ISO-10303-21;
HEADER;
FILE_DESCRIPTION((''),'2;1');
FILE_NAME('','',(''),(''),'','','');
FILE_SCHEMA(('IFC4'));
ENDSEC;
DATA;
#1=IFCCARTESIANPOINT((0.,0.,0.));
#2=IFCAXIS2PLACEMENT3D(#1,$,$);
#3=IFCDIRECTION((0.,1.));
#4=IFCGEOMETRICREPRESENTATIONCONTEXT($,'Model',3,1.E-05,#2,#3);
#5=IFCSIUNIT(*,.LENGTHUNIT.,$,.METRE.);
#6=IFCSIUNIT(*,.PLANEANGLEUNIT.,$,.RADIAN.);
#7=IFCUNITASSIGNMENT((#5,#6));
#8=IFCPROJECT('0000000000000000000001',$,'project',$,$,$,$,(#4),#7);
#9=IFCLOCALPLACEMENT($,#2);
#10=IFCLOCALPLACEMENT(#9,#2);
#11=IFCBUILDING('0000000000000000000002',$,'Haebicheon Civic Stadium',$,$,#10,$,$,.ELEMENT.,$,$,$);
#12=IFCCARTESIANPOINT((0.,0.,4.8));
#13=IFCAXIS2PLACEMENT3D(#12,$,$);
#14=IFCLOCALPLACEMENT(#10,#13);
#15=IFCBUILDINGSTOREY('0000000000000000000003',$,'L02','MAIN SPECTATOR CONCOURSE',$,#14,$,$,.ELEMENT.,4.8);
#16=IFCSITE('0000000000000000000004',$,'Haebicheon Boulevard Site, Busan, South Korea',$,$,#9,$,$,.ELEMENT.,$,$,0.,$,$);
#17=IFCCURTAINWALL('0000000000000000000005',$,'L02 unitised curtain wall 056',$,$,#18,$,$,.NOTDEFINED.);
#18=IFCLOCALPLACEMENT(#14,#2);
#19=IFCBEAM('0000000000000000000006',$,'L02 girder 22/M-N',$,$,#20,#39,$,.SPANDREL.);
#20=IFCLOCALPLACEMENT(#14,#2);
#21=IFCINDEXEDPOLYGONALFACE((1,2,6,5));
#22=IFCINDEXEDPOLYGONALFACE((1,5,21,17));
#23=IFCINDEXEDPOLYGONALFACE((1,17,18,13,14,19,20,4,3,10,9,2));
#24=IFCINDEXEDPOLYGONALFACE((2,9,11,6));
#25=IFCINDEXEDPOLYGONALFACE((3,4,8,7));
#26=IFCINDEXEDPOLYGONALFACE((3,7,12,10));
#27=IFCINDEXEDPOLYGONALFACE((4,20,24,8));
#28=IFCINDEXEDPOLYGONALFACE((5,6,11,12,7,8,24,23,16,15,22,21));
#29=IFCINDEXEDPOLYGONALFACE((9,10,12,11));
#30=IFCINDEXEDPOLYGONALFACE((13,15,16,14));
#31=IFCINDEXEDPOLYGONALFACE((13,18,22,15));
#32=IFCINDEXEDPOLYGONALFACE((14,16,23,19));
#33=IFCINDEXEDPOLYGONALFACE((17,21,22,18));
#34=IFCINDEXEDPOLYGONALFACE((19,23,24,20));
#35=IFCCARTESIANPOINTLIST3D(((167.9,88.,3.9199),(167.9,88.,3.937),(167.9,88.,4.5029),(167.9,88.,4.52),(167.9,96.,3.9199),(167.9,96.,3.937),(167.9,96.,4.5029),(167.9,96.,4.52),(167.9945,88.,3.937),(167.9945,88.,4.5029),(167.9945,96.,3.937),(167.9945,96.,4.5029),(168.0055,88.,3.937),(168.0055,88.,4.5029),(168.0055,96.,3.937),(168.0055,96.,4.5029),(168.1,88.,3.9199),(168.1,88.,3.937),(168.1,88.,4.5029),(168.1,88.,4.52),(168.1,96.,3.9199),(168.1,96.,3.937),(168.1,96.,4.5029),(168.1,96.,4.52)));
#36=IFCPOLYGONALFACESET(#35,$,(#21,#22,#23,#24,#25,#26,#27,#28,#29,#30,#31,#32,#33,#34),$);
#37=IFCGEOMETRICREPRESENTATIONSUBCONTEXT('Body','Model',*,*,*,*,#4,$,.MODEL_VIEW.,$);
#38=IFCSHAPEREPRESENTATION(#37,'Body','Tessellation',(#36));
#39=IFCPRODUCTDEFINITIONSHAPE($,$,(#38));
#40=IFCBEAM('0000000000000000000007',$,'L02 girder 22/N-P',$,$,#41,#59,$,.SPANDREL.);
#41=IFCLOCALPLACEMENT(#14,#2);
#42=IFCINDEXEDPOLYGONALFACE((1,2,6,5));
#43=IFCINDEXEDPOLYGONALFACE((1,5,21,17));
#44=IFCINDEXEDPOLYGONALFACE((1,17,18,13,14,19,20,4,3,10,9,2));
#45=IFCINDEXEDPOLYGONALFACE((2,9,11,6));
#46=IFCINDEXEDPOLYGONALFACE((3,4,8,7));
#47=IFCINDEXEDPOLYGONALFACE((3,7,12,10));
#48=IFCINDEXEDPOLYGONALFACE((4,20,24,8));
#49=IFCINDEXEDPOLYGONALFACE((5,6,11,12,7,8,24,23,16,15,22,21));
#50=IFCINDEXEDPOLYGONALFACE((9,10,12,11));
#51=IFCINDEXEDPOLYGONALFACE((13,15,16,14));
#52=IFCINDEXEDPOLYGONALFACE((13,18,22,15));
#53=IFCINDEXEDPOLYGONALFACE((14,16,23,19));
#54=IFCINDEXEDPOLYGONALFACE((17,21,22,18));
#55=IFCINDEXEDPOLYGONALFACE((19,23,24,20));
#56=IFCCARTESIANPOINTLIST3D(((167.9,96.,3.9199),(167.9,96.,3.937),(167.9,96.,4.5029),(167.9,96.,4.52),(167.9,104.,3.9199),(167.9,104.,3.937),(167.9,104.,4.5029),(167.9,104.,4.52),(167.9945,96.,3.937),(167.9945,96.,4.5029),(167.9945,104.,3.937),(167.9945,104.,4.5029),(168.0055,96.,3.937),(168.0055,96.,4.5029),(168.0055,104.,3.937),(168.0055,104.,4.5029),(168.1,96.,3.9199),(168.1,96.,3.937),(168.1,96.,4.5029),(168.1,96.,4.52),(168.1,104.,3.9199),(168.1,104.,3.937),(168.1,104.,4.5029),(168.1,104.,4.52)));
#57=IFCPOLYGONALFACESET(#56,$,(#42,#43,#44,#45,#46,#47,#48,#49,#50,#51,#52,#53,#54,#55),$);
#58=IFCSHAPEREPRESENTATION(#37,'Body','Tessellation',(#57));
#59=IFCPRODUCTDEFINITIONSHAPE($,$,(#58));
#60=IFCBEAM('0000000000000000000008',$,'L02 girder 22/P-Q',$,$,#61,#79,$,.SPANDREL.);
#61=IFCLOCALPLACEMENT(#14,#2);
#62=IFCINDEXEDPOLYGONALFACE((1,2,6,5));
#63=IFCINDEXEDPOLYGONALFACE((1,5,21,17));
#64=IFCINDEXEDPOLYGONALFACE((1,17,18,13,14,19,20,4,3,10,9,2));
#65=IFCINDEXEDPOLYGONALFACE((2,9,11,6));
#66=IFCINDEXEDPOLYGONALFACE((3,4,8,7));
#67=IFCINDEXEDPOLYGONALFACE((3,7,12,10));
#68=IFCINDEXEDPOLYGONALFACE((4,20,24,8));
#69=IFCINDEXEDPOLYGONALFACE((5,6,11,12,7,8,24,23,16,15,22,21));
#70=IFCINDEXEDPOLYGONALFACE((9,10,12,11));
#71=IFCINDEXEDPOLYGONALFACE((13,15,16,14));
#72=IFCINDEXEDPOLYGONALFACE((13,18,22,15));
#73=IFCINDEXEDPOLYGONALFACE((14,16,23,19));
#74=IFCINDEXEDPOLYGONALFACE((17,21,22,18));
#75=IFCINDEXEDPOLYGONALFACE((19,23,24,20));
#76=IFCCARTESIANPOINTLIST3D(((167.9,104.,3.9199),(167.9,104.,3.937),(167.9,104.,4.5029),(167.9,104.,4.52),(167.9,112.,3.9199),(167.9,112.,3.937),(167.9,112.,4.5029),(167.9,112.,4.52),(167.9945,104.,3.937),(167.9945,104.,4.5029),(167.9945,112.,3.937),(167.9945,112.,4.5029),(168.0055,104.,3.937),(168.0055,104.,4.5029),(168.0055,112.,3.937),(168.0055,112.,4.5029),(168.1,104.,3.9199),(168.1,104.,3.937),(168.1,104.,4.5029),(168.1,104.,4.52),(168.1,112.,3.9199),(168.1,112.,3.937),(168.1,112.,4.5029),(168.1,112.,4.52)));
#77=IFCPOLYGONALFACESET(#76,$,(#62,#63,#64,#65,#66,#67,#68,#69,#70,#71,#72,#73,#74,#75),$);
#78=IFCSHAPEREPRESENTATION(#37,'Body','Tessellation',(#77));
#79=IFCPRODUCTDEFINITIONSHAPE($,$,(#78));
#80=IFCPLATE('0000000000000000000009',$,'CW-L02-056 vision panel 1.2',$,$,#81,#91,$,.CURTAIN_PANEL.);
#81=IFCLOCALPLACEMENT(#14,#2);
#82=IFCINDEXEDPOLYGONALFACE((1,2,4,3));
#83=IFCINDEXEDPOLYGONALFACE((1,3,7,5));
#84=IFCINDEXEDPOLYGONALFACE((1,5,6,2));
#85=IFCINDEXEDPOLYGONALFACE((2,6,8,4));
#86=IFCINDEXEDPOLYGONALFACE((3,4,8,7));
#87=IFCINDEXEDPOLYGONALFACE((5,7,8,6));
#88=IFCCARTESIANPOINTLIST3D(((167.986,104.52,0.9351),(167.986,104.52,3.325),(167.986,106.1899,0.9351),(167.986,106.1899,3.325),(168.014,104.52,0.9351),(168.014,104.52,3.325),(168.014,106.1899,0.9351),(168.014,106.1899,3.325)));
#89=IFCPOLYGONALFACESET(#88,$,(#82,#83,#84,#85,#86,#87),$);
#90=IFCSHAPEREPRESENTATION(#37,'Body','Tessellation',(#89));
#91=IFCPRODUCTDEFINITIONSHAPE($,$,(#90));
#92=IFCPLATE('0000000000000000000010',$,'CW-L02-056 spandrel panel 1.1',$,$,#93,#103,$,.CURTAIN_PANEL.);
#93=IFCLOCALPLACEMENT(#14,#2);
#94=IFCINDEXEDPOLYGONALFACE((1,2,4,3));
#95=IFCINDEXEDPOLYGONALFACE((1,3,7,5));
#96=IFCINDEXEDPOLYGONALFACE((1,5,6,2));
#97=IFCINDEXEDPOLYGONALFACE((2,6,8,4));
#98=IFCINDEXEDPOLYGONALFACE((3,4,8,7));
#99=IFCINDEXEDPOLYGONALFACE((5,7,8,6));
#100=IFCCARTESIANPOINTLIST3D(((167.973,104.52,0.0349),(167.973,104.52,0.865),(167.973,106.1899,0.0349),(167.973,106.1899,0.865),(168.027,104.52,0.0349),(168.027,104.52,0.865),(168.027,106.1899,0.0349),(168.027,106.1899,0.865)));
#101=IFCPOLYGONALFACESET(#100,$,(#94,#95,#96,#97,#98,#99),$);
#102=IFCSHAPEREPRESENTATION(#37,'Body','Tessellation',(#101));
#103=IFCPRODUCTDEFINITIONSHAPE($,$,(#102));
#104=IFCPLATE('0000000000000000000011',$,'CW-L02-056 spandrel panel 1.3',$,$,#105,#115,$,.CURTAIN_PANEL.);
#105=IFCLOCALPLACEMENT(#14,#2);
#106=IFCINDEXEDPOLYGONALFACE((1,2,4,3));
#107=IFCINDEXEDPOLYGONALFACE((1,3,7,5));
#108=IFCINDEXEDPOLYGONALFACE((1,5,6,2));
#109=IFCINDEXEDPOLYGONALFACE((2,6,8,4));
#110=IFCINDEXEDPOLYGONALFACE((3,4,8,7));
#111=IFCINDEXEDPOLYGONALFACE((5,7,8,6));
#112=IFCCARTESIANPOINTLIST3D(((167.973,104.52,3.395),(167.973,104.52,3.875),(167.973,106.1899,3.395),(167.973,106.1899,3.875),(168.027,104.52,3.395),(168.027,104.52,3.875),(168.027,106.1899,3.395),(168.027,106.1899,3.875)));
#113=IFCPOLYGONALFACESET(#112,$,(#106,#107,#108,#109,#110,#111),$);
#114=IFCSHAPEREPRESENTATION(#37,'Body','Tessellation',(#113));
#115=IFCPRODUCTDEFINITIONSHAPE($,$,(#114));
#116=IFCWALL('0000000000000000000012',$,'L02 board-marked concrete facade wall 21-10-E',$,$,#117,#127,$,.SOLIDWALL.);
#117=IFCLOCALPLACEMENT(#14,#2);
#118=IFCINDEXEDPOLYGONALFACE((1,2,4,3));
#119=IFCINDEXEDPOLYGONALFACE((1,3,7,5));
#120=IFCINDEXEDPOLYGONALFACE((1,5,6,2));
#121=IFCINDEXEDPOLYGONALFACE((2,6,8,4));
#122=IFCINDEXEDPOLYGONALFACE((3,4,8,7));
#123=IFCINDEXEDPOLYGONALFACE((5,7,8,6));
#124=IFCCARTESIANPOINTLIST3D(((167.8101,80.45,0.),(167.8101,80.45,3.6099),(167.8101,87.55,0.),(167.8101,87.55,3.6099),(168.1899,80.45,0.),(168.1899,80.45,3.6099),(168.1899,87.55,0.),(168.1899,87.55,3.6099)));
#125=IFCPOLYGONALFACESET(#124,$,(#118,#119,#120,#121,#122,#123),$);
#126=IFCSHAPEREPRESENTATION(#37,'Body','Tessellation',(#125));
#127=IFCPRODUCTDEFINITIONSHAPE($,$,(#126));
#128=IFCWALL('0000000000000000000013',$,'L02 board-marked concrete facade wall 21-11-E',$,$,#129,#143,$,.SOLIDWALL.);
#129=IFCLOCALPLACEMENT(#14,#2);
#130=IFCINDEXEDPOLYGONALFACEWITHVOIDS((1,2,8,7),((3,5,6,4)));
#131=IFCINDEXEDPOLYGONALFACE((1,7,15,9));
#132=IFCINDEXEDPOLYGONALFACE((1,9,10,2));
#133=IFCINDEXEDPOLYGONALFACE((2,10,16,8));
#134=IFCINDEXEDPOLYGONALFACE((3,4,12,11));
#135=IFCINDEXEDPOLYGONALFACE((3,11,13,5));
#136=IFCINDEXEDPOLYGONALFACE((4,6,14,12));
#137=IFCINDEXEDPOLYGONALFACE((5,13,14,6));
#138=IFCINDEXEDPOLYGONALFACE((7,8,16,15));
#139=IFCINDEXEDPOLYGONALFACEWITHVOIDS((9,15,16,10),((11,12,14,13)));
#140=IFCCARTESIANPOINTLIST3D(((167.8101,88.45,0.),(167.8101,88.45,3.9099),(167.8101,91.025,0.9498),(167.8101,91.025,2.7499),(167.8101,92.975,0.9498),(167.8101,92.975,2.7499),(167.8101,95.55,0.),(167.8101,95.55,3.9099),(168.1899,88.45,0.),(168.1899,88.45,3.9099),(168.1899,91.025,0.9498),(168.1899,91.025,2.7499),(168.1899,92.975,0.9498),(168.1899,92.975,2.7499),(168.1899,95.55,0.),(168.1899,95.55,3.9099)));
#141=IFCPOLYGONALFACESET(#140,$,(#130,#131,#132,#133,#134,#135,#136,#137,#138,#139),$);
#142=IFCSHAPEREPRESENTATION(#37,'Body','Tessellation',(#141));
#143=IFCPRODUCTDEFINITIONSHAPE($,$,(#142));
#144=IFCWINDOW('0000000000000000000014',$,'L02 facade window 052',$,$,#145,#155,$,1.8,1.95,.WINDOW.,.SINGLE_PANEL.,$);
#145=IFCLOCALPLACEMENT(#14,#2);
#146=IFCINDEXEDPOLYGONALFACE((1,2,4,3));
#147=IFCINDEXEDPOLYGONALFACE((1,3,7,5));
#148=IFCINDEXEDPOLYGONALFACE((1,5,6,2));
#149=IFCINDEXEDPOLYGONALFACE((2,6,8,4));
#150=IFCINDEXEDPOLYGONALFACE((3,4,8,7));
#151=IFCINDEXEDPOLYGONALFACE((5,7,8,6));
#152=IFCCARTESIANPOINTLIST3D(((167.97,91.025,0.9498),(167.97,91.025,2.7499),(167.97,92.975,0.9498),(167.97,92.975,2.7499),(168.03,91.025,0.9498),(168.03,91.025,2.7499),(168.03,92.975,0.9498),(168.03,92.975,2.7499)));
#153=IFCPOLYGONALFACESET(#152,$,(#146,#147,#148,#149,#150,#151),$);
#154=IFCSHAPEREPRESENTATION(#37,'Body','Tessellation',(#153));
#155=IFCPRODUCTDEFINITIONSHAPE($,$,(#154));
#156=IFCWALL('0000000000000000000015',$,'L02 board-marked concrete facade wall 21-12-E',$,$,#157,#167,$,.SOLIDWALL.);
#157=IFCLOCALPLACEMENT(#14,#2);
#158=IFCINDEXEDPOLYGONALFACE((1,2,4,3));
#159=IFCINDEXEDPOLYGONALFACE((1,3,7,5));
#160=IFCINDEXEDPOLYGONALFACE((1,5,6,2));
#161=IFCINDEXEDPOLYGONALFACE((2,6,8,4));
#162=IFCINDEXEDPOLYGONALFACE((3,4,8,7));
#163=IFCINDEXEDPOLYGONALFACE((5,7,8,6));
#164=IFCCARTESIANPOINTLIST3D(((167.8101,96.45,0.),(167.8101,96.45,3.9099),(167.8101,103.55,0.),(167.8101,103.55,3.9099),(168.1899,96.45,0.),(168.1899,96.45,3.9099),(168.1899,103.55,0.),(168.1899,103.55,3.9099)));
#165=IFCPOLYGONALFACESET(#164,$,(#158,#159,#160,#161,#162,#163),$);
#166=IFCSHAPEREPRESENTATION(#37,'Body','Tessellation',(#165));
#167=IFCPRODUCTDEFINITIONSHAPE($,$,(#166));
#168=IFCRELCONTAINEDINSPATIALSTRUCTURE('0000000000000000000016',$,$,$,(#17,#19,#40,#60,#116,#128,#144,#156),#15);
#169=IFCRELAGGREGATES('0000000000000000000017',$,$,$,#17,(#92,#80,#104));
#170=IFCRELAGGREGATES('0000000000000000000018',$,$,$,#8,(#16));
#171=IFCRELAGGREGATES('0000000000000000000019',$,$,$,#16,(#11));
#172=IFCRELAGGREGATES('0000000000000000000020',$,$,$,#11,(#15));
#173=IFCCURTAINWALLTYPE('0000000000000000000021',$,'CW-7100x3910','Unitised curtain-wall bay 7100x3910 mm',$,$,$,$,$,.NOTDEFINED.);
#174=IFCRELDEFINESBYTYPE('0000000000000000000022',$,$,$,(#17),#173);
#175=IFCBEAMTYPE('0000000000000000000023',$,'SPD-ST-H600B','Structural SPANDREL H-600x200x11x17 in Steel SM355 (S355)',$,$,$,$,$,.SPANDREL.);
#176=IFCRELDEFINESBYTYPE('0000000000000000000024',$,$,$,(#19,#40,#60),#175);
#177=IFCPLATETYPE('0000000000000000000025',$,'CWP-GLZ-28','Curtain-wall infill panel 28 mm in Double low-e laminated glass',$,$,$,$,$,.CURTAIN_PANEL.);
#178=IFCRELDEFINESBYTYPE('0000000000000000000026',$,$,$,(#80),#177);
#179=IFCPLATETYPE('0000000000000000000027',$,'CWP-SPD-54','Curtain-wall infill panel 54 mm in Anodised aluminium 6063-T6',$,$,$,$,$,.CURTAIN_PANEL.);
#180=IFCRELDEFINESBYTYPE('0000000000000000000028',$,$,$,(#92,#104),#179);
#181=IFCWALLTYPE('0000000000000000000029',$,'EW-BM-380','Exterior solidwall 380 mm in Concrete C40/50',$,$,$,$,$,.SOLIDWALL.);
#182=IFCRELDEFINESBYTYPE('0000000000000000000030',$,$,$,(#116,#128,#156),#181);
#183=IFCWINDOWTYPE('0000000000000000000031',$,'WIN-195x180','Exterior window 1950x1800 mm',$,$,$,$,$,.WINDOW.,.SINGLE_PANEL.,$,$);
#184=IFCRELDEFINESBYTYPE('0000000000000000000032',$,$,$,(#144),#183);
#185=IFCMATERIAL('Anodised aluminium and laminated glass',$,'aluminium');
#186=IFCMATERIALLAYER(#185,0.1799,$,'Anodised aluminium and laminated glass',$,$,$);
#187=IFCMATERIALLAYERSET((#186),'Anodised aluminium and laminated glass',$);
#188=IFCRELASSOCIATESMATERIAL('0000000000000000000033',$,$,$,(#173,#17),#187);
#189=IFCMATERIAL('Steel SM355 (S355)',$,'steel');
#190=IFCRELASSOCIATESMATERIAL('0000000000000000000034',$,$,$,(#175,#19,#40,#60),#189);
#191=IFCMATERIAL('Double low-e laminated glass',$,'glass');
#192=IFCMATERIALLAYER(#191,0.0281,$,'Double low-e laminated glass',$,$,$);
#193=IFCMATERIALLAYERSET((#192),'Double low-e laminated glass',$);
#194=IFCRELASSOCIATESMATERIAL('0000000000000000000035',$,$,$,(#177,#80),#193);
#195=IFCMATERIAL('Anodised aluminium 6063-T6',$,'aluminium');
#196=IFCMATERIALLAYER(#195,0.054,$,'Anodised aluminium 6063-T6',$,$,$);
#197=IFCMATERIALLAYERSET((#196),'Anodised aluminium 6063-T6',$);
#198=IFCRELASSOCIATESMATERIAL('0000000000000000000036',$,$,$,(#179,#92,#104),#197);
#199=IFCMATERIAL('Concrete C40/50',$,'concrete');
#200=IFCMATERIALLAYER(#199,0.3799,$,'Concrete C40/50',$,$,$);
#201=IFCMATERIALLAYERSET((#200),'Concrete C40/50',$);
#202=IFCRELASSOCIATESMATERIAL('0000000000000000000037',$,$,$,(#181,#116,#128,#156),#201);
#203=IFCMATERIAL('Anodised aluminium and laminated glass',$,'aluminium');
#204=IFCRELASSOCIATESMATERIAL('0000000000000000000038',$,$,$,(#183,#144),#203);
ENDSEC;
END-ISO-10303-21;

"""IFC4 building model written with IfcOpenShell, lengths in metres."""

from ifc_helpers import new_model, si_unit, direction, frame, frame_2d, origin, origin_2d, place, context, subcontext, project, spatial, rectangle, i_section, extrude, material, layer, layer_set, material_profile, profile_set, type_object, element, fill, aggregate, save


model = new_model("IFC4")

# Units and contexts
model_context = context("Model", 3, precision=1e-05, world=origin(), true_north=direction((0.0, 1.0)))
body_context = subcontext(model_context, "Body", "Model", "MODEL_VIEW")
ifc_project = project(units=[si_unit("LENGTHUNIT", "METRE"), si_unit("PLANEANGLEUNIT", "RADIAN")], contexts=[model_context])

# Site, building, storey
site_placement = place(None, origin())
site = spatial("IfcSite", under=ifc_project, at=site_placement, Name="Haebicheon Boulevard Site, Busan, South Korea", CompositionType="ELEMENT", RefElevation=0.0)
building_placement = place(site_placement, origin())
building = spatial("IfcBuilding", under=site, at=building_placement, Name="Haebicheon Civic Stadium", CompositionType="ELEMENT")
storey_placement = place(building_placement, frame((0.0, 0.0, 4.8)))
storey = spatial("IfcBuildingStorey", under=building, at=storey_placement, Name="L02", Description="MAIN SPECTATOR CONCOURSE", CompositionType="ELEMENT", Elevation=4.8)

# Curtain wall
ifc_material_1 = material(Name="Anodised aluminium and laminated glass", Category="aluminium")
ifc_layer_1 = layer(ifc_material_1, 0.1799, Name="Anodised aluminium and laminated glass")
ifc_layer_set_1 = layer_set([ifc_layer_1], Name="Anodised aluminium and laminated glass")
curtain_wall_type = type_object("IfcCurtainWallType", Name="CW-7100x3910", Description="Unitised curtain-wall bay 7100x3910 mm", PredefinedType="NOTDEFINED", material=ifc_layer_set_1)
curtain_wall_placement = place(storey_placement, origin())
curtain_wall = element("IfcCurtainWall", 1, at=curtain_wall_placement, inside=storey, type_object=curtain_wall_type, material=ifc_layer_set_1, Name="L02 unitised curtain wall 056", PredefinedType="NOTDEFINED")

# Beams
ifc_material_2 = material(Name="Steel SM355 (S355)", Category="steel")
ifc_material_profile_1 = material_profile(ifc_material_2, i_section(OverallWidth=0.2, OverallDepth=0.6001, WebThickness=0.011, FlangeThickness=0.0171, at=origin_2d()), Name="H-600x200x11x17")
ifc_profile_set_1 = profile_set([ifc_material_profile_1], Name="Steel SM355 (S355)")
beam_type_1 = type_object("IfcBeamType", Name="SPD-ST-H600B", Description="Structural SPANDREL H-600x200x11x17 in Steel SM355 (S355)", PredefinedType="SPANDREL", material=ifc_profile_set_1)
for number, where, z_axis, x_axis, name in (
    (2, (168.0, 88.0, 4.22), (0.0, 1.0, 0.0), (-1.0, 0.0, 0.0), "L02 girder 22/M-N"),
    (3, (168.0, 96.0, 4.22), (0.0, 1.0, 0.0), (-1.0, 0.0, 0.0), "L02 girder 22/N-P"),
    (4, (168.0, 104.0, 4.22), (0.0, 1.0, 0.0), (-1.0, 0.0, 0.0), "L02 girder 22/P-Q"),
):
    element("IfcBeam", number, at=place(storey_placement, frame(where, z_axis=z_axis, x_axis=x_axis)), inside=storey, type_object=beam_type_1, material=ifc_profile_set_1, Name=name, PredefinedType="SPANDREL", context=body_context, shape_type="SweptSolid", body=[
        extrude(i_section(OverallWidth=0.2, OverallDepth=0.6001, WebThickness=0.011, FlangeThickness=0.0171, at=origin_2d()), origin(), (0.0, 0.0, 1.0), 8.0),
    ])

# Plates
ifc_material_3 = material(Name="Double low-e laminated glass", Category="glass")
ifc_layer_2 = layer(ifc_material_3, 0.0281, Name="Double low-e laminated glass")
ifc_layer_set_2 = layer_set([ifc_layer_2], Name="Double low-e laminated glass")
plate_type_1 = type_object("IfcPlateType", Name="CWP-GLZ-28", Description="Curtain-wall infill panel 28 mm in Double low-e laminated glass", PredefinedType="CURTAIN_PANEL", material=ifc_layer_set_2)
plate_1_placement = place(storey_placement, frame((168.0, 105.355, 0.9351), z_axis=(0.0, 0.0, 1.0), x_axis=(0.0, 1.0, 0.0)))
plate_1 = element("IfcPlate", 5, at=plate_1_placement, type_object=plate_type_1, material=ifc_layer_set_2, Name="CW-L02-056 vision panel 1.2", PredefinedType="CURTAIN_PANEL", context=body_context, shape_type="SweptSolid", body=[
    extrude(rectangle(XDim=1.6699, YDim=0.0281, at=origin_2d()), origin(), (0.0, 0.0, 1.0), 2.3899),
])
ifc_material_4 = material(Name="Anodised aluminium 6063-T6", Category="aluminium")
ifc_layer_3 = layer(ifc_material_4, 0.054, Name="Anodised aluminium 6063-T6")
ifc_layer_set_3 = layer_set([ifc_layer_3], Name="Anodised aluminium 6063-T6")
plate_type_2 = type_object("IfcPlateType", Name="CWP-SPD-54", Description="Curtain-wall infill panel 54 mm in Anodised aluminium 6063-T6", PredefinedType="CURTAIN_PANEL", material=ifc_layer_set_3)
plate_2_placement = place(storey_placement, frame((168.0, 105.355, 0.0349), z_axis=(0.0, 0.0, 1.0), x_axis=(0.0, 1.0, 0.0)))
plate_2 = element("IfcPlate", 6, at=plate_2_placement, type_object=plate_type_2, material=ifc_layer_set_3, Name="CW-L02-056 spandrel panel 1.1", PredefinedType="CURTAIN_PANEL", context=body_context, shape_type="SweptSolid", body=[
    extrude(rectangle(XDim=1.6699, YDim=0.054, at=origin_2d()), origin(), (0.0, 0.0, 1.0), 0.8301),
])
plate_3_placement = place(storey_placement, frame((168.0, 105.355, 3.395), z_axis=(0.0, 0.0, 1.0), x_axis=(0.0, 1.0, 0.0)))
plate_3 = element("IfcPlate", 7, at=plate_3_placement, type_object=plate_type_2, material=ifc_layer_set_3, Name="CW-L02-056 spandrel panel 1.3", PredefinedType="CURTAIN_PANEL", context=body_context, shape_type="SweptSolid", body=[
    extrude(rectangle(XDim=1.6699, YDim=0.054, at=origin_2d()), origin(), (0.0, 0.0, 1.0), 0.48),
])
aggregate(curtain_wall, [plate_2, plate_1, plate_3])

# Wall
ifc_material_5 = material(Name="Concrete C40/50", Category="concrete")
ifc_layer_4 = layer(ifc_material_5, 0.3799, Name="Concrete C40/50")
ifc_layer_set_4 = layer_set([ifc_layer_4], Name="Concrete C40/50")
wall_type_1 = type_object("IfcWallType", Name="EW-BM-380", Description="Exterior solidwall 380 mm in Concrete C40/50", PredefinedType="SOLIDWALL", material=ifc_layer_set_4)
wall_1_placement = place(storey_placement, frame((168.0, 80.45, 0.0), z_axis=(0.0, 0.0, 1.0), x_axis=(0.0, 1.0, 0.0)))
element("IfcWall", 8, at=wall_1_placement, inside=storey, type_object=wall_type_1, material=ifc_layer_set_4, Name="L02 board-marked concrete facade wall 21-10-E", PredefinedType="SOLIDWALL", context=body_context, shape_type="SweptSolid", body=[
    extrude(rectangle(XDim=7.1001, YDim=0.3799, at=frame_2d((3.55, 0.0))), origin(), (0.0, 0.0, 1.0), 3.6099),
])

# Wall, opening, window
wall_2_placement = place(storey_placement, frame((168.0, 88.45, 0.0), z_axis=(0.0, 0.0, 1.0), x_axis=(0.0, 1.0, 0.0)))
wall_2 = element("IfcWall", 9, at=wall_2_placement, inside=storey, type_object=wall_type_1, material=ifc_layer_set_4, Name="L02 board-marked concrete facade wall 21-11-E", PredefinedType="SOLIDWALL", context=body_context, shape_type="SweptSolid", body=[
    extrude(rectangle(XDim=7.1001, YDim=0.3799, at=frame_2d((3.55, 0.0))), origin(), (0.0, 0.0, 1.0), 3.9099),
])
opening_1_placement = place(wall_2_placement, frame((2.575, 0.0, 0.95)))
opening_1 = element("IfcOpeningElement", 10, at=opening_1_placement, cuts=wall_2, PredefinedType="OPENING", context=body_context, shape_type="SweptSolid", body=[
    extrude(rectangle(XDim=1.95, YDim=1.8, at=frame_2d((0.9751, 0.8999))), frame((0.0, 0.2, 0.0), z_axis=(0.0, -1.0, 0.0), x_axis=(1.0, 0.0, 0.0)), (0.0, 0.0, 1.0), 0.3999),
])
ifc_material_6 = material(Name="Anodised aluminium and laminated glass", Category="aluminium")
window_type = type_object("IfcWindowType", Name="WIN-195x180", Description="Exterior window 1950x1800 mm", PartitioningType="SINGLE_PANEL", PredefinedType="WINDOW", material=ifc_material_6)
window_placement = place(opening_1_placement, origin())
window = element("IfcWindow", 11, at=window_placement, inside=storey, type_object=window_type, material=ifc_material_6, Name="L02 facade window 052", OverallHeight=1.8, OverallWidth=1.95, PartitioningType="SINGLE_PANEL", PredefinedType="WINDOW", context=body_context, shape_type="SweptSolid", body=[
    extrude(rectangle(XDim=1.95, YDim=1.8, at=frame_2d((0.9751, 0.8999))), frame((0.0, 0.03, 0.0), z_axis=(0.0, -1.0, 0.0), x_axis=(1.0, 0.0, 0.0)), (0.0, 0.0, 1.0), 0.0601),
])
fill(opening_1, window)

# Wall
wall_3_placement = place(storey_placement, frame((168.0, 96.45, 0.0), z_axis=(0.0, 0.0, 1.0), x_axis=(0.0, 1.0, 0.0)))
element("IfcWall", 12, at=wall_3_placement, inside=storey, type_object=wall_type_1, material=ifc_layer_set_4, Name="L02 board-marked concrete facade wall 21-12-E", PredefinedType="SOLIDWALL", context=body_context, shape_type="SweptSolid", body=[
    extrude(rectangle(XDim=7.1001, YDim=0.3799, at=frame_2d((3.55, 0.0))), origin(), (0.0, 0.0, 1.0), 3.9099),
])

save(model, "model.ifc")
